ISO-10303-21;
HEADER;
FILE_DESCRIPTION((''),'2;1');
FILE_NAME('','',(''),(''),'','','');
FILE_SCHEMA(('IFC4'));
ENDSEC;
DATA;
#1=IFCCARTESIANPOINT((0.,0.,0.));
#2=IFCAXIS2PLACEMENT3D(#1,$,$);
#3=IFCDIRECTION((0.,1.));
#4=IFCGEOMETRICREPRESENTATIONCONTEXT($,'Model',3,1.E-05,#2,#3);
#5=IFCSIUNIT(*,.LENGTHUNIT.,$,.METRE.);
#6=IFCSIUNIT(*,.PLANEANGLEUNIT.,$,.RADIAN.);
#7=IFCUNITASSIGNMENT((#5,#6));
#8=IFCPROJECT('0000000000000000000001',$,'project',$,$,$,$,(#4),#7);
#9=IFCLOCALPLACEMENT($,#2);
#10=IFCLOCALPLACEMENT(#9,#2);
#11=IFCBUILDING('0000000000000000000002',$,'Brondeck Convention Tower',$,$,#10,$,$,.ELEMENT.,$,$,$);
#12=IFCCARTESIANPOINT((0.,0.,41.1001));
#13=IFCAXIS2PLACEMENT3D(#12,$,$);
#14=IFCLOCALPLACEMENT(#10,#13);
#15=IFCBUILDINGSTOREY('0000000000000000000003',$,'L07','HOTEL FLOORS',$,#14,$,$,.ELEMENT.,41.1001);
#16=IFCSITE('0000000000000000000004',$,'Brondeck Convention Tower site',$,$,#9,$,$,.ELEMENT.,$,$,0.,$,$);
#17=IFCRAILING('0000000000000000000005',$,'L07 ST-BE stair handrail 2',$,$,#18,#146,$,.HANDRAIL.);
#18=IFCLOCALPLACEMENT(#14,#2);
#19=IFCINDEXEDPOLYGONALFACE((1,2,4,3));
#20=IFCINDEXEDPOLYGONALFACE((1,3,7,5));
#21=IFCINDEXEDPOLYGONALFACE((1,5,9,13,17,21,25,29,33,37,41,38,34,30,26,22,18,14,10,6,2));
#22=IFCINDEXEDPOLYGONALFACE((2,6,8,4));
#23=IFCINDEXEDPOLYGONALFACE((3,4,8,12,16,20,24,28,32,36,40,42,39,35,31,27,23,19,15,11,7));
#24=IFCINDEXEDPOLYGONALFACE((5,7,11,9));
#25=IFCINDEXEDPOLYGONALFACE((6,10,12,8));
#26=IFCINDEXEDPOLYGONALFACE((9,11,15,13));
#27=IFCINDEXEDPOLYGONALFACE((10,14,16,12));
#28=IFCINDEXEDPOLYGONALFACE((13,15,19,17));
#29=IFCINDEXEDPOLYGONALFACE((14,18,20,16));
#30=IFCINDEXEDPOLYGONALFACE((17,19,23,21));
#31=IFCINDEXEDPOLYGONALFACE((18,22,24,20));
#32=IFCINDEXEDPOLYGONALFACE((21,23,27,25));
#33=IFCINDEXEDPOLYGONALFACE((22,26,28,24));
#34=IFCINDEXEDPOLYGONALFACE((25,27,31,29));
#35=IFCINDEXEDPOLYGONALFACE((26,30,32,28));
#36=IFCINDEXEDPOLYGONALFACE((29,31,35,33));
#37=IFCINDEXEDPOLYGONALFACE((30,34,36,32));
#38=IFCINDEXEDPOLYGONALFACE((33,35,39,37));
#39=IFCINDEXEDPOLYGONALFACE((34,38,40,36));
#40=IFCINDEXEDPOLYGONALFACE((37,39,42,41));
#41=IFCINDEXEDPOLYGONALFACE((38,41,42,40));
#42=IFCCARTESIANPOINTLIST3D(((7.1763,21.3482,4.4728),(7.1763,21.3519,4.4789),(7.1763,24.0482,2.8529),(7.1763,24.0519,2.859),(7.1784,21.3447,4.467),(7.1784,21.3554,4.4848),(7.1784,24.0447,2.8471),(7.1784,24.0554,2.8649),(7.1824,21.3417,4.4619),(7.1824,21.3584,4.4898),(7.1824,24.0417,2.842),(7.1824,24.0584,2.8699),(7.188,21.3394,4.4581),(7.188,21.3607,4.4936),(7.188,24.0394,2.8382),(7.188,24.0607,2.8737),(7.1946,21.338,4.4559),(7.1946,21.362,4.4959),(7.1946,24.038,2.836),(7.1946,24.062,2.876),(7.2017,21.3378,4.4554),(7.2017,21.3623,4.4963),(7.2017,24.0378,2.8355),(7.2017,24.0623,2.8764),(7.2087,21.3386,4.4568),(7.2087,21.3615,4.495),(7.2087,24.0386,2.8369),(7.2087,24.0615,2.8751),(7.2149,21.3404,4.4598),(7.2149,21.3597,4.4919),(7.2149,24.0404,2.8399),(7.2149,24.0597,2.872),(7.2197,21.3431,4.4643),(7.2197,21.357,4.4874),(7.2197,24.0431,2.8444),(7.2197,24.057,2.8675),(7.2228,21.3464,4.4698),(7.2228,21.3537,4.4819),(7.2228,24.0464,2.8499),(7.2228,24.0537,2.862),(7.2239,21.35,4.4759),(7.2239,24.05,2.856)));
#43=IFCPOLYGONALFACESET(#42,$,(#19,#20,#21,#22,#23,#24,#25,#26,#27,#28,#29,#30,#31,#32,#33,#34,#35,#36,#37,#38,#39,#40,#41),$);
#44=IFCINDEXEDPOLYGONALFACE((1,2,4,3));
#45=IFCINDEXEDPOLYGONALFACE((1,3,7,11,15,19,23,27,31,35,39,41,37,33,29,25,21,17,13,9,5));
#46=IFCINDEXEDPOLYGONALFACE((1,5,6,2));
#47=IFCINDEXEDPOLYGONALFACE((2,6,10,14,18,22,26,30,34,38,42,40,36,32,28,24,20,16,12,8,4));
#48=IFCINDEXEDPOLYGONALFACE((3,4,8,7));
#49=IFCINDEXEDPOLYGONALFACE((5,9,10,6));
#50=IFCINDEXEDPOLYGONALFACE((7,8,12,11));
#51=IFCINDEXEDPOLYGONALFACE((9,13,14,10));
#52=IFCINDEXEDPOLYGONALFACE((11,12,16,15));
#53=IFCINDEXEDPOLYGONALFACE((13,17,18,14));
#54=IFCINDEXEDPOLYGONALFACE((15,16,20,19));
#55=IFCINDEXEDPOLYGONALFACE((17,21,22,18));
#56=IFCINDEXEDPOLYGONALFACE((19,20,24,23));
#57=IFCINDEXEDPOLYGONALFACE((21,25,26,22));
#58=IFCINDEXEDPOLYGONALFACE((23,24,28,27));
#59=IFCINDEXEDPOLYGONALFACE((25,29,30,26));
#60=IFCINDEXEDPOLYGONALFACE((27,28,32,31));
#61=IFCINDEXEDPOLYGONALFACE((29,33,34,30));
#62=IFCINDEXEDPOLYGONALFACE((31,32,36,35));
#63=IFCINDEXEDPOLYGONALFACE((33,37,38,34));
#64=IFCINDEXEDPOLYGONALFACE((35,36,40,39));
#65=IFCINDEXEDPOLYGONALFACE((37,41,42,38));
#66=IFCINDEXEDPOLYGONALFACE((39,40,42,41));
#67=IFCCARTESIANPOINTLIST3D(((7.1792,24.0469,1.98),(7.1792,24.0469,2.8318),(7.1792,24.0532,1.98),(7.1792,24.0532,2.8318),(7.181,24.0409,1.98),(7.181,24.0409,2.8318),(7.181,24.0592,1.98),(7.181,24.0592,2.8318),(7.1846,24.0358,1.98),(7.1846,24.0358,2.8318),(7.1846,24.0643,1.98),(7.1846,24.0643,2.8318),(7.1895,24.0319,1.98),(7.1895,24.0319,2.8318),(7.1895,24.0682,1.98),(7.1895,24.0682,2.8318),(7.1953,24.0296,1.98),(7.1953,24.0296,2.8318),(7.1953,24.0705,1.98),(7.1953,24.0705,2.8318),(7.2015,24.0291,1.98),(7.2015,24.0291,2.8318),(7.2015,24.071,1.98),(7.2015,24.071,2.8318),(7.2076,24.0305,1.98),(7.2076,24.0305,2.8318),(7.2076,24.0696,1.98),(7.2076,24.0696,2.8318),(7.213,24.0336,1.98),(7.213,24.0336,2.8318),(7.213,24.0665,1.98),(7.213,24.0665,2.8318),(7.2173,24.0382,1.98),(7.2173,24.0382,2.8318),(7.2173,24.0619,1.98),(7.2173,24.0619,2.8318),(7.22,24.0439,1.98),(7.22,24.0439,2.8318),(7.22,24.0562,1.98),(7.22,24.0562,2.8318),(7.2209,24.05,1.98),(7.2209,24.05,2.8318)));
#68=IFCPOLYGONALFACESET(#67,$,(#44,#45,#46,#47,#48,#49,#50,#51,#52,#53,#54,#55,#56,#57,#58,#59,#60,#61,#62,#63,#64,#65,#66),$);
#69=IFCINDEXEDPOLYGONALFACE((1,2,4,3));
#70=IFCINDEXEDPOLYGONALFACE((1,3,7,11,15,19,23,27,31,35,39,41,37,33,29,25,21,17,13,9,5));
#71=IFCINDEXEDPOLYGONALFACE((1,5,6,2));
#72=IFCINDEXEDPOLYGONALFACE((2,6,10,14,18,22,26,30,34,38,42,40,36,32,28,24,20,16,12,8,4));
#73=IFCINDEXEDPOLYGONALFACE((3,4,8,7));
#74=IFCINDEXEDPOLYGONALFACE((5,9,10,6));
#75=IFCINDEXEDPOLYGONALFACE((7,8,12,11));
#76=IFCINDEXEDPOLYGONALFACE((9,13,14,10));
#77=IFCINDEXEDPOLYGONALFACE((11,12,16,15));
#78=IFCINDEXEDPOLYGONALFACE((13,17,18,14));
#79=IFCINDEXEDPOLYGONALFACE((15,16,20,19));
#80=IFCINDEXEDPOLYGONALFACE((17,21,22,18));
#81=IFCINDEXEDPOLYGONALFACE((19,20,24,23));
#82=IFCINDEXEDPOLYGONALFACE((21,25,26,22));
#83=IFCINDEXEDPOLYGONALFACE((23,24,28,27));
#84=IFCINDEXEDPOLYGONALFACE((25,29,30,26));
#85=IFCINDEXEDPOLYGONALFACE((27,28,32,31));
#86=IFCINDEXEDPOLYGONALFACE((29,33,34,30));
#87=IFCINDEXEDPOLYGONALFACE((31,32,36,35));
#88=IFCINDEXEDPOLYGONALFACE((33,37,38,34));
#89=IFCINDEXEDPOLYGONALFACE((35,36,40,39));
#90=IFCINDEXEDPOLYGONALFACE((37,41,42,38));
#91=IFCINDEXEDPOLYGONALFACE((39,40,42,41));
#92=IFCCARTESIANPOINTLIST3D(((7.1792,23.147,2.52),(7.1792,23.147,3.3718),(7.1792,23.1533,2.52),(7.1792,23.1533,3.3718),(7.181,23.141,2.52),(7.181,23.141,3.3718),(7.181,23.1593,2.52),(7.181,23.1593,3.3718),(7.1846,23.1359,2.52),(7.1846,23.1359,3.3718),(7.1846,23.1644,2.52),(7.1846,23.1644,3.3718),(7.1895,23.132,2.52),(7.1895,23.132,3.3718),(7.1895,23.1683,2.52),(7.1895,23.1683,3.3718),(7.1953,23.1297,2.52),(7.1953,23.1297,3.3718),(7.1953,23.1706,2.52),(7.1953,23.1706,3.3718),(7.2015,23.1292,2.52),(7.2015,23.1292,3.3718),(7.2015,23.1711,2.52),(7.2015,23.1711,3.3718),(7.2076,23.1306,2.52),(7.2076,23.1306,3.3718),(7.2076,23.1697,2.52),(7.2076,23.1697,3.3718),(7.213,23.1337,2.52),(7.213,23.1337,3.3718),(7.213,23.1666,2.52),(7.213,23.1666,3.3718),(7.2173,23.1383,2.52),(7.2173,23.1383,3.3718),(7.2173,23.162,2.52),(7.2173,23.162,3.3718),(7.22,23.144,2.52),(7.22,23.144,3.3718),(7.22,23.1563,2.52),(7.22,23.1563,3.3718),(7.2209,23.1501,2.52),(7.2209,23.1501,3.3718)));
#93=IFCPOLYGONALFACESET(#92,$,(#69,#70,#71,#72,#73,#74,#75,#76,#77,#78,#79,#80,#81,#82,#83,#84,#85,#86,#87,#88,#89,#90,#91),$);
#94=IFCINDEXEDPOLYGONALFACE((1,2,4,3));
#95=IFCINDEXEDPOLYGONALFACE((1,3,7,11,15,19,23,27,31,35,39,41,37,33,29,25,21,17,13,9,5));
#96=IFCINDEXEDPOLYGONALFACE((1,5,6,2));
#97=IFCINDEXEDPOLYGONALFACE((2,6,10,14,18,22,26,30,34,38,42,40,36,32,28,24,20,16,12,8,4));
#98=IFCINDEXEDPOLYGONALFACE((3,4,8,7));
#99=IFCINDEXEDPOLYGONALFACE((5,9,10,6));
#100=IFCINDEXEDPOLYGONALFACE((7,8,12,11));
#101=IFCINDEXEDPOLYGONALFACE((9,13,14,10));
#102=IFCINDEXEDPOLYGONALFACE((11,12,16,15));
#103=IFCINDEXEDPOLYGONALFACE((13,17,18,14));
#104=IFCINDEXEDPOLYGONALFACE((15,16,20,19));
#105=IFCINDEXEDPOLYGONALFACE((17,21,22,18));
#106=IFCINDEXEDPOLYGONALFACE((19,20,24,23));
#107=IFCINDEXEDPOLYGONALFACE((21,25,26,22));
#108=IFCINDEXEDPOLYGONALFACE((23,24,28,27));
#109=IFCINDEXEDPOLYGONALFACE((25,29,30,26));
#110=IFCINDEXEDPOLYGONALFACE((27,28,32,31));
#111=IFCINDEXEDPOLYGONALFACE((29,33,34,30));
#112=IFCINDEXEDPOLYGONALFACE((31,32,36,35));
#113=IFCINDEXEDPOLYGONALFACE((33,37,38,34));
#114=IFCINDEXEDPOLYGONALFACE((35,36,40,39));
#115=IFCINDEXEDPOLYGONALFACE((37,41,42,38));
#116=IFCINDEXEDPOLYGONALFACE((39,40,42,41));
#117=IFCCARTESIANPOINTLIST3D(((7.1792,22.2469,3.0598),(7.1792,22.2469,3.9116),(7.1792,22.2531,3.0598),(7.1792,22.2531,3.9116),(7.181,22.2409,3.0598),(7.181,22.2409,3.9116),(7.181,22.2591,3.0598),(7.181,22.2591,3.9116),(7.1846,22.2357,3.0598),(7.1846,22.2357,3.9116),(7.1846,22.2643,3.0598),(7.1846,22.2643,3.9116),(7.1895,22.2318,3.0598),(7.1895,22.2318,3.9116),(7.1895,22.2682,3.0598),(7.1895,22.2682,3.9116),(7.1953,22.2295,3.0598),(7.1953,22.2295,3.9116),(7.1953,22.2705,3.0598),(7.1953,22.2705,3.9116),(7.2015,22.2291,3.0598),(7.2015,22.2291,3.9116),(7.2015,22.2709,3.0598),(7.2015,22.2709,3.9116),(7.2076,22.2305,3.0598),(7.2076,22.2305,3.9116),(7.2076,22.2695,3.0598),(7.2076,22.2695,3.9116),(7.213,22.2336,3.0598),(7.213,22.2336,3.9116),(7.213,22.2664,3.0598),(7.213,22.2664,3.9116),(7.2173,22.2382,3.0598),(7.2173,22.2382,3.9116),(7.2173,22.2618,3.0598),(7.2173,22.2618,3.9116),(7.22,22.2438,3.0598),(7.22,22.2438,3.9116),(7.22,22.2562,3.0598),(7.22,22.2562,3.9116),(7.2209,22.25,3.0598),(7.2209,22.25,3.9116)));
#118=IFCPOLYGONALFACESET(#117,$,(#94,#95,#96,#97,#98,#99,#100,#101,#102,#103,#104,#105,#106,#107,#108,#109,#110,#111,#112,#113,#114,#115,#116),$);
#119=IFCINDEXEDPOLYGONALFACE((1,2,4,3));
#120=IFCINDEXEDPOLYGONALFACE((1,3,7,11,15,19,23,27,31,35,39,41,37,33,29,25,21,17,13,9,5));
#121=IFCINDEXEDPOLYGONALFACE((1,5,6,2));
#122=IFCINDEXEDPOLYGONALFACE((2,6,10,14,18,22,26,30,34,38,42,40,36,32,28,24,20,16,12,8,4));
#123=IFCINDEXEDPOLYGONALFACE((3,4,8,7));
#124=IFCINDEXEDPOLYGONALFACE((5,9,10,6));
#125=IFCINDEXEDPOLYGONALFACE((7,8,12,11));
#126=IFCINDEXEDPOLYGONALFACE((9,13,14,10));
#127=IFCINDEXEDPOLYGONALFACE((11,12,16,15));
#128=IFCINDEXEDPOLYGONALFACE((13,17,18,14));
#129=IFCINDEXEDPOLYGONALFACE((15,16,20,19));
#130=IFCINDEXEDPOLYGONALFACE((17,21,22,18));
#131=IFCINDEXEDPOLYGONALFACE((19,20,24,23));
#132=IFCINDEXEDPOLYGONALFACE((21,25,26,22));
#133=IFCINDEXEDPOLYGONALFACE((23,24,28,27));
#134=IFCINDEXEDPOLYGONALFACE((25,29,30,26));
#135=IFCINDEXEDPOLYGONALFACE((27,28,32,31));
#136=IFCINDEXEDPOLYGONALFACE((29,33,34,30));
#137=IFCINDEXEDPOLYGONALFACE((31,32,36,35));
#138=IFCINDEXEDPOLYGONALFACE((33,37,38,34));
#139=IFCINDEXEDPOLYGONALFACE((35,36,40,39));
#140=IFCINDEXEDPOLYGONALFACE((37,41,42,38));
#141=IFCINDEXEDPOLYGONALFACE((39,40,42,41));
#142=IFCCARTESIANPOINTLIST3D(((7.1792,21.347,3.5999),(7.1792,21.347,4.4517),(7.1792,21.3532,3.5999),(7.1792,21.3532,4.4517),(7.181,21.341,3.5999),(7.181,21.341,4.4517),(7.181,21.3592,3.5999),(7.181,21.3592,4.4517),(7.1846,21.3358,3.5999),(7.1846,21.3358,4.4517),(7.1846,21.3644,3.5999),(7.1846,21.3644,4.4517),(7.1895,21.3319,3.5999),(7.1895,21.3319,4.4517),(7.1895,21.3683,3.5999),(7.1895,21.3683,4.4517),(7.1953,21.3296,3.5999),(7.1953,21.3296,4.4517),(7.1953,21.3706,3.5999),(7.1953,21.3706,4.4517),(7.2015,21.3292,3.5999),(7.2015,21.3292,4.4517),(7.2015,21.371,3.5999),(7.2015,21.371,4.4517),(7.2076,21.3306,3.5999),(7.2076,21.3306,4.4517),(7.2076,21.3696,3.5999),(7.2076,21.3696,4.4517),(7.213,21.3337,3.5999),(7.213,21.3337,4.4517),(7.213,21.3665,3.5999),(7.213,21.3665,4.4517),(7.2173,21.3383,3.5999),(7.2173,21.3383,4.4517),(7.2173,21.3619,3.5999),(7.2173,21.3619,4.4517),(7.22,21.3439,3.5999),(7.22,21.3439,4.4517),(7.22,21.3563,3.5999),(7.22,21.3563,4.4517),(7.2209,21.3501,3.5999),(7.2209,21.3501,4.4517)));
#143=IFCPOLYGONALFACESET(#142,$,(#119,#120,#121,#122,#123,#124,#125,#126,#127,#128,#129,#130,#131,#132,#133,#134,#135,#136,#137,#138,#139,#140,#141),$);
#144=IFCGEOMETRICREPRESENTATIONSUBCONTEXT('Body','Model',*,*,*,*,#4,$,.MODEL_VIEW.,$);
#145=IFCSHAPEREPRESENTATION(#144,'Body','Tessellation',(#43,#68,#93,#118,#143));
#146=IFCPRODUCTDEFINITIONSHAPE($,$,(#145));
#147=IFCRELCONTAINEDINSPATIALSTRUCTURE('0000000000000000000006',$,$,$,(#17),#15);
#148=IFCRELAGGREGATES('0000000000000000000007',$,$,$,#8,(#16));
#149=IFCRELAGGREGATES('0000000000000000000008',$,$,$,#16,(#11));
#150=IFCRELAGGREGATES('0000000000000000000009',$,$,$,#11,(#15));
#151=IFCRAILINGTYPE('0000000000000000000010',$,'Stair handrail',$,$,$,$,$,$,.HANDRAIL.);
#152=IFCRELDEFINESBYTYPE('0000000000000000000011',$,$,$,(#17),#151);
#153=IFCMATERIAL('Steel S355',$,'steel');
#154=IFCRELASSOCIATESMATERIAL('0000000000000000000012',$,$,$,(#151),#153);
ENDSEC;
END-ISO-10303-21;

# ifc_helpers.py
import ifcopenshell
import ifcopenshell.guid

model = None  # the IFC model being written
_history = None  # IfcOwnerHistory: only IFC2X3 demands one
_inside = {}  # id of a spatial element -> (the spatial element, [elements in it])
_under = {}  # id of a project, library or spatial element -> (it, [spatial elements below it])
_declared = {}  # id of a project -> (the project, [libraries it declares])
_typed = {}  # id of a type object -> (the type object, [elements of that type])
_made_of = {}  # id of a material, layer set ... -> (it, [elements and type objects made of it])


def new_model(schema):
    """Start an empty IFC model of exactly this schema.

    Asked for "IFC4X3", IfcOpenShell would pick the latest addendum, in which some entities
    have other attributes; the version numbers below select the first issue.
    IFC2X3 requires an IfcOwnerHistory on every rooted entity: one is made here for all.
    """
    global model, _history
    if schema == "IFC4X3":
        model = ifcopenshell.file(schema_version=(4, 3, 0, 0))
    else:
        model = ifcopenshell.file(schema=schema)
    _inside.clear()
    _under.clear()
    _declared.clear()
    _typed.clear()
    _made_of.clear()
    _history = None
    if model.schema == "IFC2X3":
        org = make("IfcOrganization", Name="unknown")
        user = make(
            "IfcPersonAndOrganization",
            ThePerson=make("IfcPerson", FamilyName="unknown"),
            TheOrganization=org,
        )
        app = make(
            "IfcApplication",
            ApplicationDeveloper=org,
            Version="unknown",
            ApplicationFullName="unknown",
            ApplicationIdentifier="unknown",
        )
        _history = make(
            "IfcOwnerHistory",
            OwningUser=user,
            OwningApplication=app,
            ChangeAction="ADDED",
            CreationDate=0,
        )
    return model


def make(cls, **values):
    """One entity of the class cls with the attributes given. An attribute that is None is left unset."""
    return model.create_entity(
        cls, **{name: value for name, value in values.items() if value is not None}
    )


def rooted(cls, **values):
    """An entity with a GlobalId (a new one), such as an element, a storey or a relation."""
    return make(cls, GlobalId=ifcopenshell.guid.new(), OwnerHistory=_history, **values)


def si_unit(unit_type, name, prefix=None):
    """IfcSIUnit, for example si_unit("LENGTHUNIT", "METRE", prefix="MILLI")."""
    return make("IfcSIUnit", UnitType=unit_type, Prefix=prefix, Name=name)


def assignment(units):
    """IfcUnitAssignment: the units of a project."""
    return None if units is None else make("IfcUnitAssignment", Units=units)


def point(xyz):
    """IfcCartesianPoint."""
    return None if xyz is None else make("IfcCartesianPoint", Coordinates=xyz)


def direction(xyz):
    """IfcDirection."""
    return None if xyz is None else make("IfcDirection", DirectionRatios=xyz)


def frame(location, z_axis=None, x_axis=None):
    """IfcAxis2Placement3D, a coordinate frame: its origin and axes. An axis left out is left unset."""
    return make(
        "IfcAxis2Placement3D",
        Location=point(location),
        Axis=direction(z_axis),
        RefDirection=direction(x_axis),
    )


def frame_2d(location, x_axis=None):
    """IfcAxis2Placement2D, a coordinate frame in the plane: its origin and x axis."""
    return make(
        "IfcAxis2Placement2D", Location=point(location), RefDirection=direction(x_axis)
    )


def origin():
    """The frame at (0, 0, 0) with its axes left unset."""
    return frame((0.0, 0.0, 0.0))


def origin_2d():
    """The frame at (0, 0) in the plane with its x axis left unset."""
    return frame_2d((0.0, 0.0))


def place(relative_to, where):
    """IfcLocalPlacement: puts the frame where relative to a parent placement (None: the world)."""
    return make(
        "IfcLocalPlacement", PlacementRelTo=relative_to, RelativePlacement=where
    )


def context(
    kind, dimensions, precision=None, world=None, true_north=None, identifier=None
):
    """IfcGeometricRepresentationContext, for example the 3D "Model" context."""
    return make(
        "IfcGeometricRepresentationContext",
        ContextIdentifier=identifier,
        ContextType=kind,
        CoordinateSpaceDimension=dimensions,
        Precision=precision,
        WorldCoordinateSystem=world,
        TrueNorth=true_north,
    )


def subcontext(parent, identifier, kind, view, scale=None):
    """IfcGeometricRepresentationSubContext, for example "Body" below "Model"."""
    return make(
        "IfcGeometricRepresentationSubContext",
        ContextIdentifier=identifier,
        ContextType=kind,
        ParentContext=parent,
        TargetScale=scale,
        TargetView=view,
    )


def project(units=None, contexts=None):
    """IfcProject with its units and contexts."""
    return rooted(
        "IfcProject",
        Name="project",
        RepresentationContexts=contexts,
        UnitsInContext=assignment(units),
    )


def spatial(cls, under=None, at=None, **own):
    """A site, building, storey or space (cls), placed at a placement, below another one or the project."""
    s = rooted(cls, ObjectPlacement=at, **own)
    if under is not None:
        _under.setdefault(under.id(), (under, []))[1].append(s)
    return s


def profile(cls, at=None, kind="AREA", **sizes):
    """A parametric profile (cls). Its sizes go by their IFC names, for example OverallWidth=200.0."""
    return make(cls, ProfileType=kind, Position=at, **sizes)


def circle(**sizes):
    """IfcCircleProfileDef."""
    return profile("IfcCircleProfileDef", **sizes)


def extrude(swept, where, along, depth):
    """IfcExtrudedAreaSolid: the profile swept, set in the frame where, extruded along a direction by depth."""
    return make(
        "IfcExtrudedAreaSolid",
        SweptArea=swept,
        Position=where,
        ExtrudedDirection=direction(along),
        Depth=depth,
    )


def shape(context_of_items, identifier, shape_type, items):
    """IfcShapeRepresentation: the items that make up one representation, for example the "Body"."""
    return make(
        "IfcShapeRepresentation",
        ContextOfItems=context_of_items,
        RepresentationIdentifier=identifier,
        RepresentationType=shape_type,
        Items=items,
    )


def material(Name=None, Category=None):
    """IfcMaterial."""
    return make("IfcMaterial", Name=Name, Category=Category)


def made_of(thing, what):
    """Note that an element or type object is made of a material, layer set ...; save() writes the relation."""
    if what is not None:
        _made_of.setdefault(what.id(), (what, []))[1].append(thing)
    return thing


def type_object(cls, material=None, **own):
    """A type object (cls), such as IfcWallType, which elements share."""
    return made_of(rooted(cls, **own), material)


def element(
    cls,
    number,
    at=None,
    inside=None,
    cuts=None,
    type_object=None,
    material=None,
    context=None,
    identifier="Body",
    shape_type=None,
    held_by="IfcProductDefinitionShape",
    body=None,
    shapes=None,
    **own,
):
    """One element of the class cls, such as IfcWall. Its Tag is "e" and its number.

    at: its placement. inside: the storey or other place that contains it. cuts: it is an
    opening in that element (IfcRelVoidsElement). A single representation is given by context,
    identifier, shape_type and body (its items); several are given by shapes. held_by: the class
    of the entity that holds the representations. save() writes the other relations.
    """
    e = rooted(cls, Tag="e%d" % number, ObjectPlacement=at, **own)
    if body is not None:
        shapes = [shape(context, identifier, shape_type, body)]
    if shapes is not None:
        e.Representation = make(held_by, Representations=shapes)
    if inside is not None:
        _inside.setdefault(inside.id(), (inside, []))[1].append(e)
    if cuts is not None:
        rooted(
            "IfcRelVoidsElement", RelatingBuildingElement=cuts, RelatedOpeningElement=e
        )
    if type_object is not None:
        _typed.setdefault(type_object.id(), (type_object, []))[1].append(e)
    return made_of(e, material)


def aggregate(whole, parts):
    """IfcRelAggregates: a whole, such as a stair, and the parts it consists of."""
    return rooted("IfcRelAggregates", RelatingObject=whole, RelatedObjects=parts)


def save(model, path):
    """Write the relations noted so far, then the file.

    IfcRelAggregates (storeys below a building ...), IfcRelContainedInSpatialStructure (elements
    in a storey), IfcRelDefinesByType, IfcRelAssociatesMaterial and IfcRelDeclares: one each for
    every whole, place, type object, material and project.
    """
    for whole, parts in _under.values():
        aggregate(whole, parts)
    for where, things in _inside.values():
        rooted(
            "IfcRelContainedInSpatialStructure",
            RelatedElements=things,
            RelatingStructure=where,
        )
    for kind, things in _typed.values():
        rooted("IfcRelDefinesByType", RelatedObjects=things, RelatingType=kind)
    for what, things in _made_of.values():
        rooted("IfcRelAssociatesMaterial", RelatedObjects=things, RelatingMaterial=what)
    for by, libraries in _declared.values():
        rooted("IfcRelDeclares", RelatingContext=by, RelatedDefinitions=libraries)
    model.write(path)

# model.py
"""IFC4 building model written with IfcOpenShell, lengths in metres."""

from ifc_helpers import new_model, si_unit, direction, frame, origin, origin_2d, place, context, subcontext, project, spatial, circle, extrude, material, type_object, element, save


model = new_model("IFC4")

# Units and contexts
model_context = context("Model", 3, precision=1e-05, world=origin(), true_north=direction((0.0, 1.0)))
body_context = subcontext(model_context, "Body", "Model", "MODEL_VIEW")
ifc_project = project(units=[si_unit("LENGTHUNIT", "METRE"), si_unit("PLANEANGLEUNIT", "RADIAN")], contexts=[model_context])

# Site, building, storey
site_placement = place(None, origin())
site = spatial("IfcSite", under=ifc_project, at=site_placement, Name="Brondeck Convention Tower site", CompositionType="ELEMENT", RefElevation=0.0)
building_placement = place(site_placement, origin())
building = spatial("IfcBuilding", under=site, at=building_placement, Name="Brondeck Convention Tower", CompositionType="ELEMENT")
storey_placement = place(building_placement, frame((0.0, 0.0, 41.1001)))
storey = spatial("IfcBuildingStorey", under=building, at=storey_placement, Name="L07", Description="HOTEL FLOORS", CompositionType="ELEMENT", Elevation=41.1001)

# Shared definitions
ifc_material_1 = material(Name="Steel S355", Category="steel")

# Railing
railing_type_1 = type_object("IfcRailingType", Name="Stair handrail", PredefinedType="HANDRAIL", material=ifc_material_1)
railing_1_placement = place(storey_placement, frame((7.2, 24.05, 1.98)))
element("IfcRailing", 1, at=railing_1_placement, inside=storey, type_object=railing_type_1, Name="L07 ST-BE stair handrail 2", PredefinedType="HANDRAIL", context=body_context, shape_type="SweptSolid", body=[
    extrude(circle(Radius=0.0239, at=origin_2d()), frame((0.0, 0.0, 0.876), z_axis=(0.0, -0.857507, 0.514473), x_axis=(1.0, 0.0, 0.0)), (0.0, 0.0, 1.0), 3.1487),
    extrude(circle(Radius=0.021, at=origin_2d()), origin(), (0.0, 0.0, 1.0), 0.8518),
    extrude(circle(Radius=0.021, at=origin_2d()), frame((0.0, -0.8999, 0.54)), (0.0, 0.0, 1.0), 0.8518),
    extrude(circle(Radius=0.021, at=origin_2d()), frame((0.0, -1.8, 1.0798)), (0.0, 0.0, 1.0), 0.8518),
    extrude(circle(Radius=0.021, at=origin_2d()), frame((0.0, -2.7, 1.6199)), (0.0, 0.0, 1.0), 0.8518),
])

save(model, "model.ifc")
